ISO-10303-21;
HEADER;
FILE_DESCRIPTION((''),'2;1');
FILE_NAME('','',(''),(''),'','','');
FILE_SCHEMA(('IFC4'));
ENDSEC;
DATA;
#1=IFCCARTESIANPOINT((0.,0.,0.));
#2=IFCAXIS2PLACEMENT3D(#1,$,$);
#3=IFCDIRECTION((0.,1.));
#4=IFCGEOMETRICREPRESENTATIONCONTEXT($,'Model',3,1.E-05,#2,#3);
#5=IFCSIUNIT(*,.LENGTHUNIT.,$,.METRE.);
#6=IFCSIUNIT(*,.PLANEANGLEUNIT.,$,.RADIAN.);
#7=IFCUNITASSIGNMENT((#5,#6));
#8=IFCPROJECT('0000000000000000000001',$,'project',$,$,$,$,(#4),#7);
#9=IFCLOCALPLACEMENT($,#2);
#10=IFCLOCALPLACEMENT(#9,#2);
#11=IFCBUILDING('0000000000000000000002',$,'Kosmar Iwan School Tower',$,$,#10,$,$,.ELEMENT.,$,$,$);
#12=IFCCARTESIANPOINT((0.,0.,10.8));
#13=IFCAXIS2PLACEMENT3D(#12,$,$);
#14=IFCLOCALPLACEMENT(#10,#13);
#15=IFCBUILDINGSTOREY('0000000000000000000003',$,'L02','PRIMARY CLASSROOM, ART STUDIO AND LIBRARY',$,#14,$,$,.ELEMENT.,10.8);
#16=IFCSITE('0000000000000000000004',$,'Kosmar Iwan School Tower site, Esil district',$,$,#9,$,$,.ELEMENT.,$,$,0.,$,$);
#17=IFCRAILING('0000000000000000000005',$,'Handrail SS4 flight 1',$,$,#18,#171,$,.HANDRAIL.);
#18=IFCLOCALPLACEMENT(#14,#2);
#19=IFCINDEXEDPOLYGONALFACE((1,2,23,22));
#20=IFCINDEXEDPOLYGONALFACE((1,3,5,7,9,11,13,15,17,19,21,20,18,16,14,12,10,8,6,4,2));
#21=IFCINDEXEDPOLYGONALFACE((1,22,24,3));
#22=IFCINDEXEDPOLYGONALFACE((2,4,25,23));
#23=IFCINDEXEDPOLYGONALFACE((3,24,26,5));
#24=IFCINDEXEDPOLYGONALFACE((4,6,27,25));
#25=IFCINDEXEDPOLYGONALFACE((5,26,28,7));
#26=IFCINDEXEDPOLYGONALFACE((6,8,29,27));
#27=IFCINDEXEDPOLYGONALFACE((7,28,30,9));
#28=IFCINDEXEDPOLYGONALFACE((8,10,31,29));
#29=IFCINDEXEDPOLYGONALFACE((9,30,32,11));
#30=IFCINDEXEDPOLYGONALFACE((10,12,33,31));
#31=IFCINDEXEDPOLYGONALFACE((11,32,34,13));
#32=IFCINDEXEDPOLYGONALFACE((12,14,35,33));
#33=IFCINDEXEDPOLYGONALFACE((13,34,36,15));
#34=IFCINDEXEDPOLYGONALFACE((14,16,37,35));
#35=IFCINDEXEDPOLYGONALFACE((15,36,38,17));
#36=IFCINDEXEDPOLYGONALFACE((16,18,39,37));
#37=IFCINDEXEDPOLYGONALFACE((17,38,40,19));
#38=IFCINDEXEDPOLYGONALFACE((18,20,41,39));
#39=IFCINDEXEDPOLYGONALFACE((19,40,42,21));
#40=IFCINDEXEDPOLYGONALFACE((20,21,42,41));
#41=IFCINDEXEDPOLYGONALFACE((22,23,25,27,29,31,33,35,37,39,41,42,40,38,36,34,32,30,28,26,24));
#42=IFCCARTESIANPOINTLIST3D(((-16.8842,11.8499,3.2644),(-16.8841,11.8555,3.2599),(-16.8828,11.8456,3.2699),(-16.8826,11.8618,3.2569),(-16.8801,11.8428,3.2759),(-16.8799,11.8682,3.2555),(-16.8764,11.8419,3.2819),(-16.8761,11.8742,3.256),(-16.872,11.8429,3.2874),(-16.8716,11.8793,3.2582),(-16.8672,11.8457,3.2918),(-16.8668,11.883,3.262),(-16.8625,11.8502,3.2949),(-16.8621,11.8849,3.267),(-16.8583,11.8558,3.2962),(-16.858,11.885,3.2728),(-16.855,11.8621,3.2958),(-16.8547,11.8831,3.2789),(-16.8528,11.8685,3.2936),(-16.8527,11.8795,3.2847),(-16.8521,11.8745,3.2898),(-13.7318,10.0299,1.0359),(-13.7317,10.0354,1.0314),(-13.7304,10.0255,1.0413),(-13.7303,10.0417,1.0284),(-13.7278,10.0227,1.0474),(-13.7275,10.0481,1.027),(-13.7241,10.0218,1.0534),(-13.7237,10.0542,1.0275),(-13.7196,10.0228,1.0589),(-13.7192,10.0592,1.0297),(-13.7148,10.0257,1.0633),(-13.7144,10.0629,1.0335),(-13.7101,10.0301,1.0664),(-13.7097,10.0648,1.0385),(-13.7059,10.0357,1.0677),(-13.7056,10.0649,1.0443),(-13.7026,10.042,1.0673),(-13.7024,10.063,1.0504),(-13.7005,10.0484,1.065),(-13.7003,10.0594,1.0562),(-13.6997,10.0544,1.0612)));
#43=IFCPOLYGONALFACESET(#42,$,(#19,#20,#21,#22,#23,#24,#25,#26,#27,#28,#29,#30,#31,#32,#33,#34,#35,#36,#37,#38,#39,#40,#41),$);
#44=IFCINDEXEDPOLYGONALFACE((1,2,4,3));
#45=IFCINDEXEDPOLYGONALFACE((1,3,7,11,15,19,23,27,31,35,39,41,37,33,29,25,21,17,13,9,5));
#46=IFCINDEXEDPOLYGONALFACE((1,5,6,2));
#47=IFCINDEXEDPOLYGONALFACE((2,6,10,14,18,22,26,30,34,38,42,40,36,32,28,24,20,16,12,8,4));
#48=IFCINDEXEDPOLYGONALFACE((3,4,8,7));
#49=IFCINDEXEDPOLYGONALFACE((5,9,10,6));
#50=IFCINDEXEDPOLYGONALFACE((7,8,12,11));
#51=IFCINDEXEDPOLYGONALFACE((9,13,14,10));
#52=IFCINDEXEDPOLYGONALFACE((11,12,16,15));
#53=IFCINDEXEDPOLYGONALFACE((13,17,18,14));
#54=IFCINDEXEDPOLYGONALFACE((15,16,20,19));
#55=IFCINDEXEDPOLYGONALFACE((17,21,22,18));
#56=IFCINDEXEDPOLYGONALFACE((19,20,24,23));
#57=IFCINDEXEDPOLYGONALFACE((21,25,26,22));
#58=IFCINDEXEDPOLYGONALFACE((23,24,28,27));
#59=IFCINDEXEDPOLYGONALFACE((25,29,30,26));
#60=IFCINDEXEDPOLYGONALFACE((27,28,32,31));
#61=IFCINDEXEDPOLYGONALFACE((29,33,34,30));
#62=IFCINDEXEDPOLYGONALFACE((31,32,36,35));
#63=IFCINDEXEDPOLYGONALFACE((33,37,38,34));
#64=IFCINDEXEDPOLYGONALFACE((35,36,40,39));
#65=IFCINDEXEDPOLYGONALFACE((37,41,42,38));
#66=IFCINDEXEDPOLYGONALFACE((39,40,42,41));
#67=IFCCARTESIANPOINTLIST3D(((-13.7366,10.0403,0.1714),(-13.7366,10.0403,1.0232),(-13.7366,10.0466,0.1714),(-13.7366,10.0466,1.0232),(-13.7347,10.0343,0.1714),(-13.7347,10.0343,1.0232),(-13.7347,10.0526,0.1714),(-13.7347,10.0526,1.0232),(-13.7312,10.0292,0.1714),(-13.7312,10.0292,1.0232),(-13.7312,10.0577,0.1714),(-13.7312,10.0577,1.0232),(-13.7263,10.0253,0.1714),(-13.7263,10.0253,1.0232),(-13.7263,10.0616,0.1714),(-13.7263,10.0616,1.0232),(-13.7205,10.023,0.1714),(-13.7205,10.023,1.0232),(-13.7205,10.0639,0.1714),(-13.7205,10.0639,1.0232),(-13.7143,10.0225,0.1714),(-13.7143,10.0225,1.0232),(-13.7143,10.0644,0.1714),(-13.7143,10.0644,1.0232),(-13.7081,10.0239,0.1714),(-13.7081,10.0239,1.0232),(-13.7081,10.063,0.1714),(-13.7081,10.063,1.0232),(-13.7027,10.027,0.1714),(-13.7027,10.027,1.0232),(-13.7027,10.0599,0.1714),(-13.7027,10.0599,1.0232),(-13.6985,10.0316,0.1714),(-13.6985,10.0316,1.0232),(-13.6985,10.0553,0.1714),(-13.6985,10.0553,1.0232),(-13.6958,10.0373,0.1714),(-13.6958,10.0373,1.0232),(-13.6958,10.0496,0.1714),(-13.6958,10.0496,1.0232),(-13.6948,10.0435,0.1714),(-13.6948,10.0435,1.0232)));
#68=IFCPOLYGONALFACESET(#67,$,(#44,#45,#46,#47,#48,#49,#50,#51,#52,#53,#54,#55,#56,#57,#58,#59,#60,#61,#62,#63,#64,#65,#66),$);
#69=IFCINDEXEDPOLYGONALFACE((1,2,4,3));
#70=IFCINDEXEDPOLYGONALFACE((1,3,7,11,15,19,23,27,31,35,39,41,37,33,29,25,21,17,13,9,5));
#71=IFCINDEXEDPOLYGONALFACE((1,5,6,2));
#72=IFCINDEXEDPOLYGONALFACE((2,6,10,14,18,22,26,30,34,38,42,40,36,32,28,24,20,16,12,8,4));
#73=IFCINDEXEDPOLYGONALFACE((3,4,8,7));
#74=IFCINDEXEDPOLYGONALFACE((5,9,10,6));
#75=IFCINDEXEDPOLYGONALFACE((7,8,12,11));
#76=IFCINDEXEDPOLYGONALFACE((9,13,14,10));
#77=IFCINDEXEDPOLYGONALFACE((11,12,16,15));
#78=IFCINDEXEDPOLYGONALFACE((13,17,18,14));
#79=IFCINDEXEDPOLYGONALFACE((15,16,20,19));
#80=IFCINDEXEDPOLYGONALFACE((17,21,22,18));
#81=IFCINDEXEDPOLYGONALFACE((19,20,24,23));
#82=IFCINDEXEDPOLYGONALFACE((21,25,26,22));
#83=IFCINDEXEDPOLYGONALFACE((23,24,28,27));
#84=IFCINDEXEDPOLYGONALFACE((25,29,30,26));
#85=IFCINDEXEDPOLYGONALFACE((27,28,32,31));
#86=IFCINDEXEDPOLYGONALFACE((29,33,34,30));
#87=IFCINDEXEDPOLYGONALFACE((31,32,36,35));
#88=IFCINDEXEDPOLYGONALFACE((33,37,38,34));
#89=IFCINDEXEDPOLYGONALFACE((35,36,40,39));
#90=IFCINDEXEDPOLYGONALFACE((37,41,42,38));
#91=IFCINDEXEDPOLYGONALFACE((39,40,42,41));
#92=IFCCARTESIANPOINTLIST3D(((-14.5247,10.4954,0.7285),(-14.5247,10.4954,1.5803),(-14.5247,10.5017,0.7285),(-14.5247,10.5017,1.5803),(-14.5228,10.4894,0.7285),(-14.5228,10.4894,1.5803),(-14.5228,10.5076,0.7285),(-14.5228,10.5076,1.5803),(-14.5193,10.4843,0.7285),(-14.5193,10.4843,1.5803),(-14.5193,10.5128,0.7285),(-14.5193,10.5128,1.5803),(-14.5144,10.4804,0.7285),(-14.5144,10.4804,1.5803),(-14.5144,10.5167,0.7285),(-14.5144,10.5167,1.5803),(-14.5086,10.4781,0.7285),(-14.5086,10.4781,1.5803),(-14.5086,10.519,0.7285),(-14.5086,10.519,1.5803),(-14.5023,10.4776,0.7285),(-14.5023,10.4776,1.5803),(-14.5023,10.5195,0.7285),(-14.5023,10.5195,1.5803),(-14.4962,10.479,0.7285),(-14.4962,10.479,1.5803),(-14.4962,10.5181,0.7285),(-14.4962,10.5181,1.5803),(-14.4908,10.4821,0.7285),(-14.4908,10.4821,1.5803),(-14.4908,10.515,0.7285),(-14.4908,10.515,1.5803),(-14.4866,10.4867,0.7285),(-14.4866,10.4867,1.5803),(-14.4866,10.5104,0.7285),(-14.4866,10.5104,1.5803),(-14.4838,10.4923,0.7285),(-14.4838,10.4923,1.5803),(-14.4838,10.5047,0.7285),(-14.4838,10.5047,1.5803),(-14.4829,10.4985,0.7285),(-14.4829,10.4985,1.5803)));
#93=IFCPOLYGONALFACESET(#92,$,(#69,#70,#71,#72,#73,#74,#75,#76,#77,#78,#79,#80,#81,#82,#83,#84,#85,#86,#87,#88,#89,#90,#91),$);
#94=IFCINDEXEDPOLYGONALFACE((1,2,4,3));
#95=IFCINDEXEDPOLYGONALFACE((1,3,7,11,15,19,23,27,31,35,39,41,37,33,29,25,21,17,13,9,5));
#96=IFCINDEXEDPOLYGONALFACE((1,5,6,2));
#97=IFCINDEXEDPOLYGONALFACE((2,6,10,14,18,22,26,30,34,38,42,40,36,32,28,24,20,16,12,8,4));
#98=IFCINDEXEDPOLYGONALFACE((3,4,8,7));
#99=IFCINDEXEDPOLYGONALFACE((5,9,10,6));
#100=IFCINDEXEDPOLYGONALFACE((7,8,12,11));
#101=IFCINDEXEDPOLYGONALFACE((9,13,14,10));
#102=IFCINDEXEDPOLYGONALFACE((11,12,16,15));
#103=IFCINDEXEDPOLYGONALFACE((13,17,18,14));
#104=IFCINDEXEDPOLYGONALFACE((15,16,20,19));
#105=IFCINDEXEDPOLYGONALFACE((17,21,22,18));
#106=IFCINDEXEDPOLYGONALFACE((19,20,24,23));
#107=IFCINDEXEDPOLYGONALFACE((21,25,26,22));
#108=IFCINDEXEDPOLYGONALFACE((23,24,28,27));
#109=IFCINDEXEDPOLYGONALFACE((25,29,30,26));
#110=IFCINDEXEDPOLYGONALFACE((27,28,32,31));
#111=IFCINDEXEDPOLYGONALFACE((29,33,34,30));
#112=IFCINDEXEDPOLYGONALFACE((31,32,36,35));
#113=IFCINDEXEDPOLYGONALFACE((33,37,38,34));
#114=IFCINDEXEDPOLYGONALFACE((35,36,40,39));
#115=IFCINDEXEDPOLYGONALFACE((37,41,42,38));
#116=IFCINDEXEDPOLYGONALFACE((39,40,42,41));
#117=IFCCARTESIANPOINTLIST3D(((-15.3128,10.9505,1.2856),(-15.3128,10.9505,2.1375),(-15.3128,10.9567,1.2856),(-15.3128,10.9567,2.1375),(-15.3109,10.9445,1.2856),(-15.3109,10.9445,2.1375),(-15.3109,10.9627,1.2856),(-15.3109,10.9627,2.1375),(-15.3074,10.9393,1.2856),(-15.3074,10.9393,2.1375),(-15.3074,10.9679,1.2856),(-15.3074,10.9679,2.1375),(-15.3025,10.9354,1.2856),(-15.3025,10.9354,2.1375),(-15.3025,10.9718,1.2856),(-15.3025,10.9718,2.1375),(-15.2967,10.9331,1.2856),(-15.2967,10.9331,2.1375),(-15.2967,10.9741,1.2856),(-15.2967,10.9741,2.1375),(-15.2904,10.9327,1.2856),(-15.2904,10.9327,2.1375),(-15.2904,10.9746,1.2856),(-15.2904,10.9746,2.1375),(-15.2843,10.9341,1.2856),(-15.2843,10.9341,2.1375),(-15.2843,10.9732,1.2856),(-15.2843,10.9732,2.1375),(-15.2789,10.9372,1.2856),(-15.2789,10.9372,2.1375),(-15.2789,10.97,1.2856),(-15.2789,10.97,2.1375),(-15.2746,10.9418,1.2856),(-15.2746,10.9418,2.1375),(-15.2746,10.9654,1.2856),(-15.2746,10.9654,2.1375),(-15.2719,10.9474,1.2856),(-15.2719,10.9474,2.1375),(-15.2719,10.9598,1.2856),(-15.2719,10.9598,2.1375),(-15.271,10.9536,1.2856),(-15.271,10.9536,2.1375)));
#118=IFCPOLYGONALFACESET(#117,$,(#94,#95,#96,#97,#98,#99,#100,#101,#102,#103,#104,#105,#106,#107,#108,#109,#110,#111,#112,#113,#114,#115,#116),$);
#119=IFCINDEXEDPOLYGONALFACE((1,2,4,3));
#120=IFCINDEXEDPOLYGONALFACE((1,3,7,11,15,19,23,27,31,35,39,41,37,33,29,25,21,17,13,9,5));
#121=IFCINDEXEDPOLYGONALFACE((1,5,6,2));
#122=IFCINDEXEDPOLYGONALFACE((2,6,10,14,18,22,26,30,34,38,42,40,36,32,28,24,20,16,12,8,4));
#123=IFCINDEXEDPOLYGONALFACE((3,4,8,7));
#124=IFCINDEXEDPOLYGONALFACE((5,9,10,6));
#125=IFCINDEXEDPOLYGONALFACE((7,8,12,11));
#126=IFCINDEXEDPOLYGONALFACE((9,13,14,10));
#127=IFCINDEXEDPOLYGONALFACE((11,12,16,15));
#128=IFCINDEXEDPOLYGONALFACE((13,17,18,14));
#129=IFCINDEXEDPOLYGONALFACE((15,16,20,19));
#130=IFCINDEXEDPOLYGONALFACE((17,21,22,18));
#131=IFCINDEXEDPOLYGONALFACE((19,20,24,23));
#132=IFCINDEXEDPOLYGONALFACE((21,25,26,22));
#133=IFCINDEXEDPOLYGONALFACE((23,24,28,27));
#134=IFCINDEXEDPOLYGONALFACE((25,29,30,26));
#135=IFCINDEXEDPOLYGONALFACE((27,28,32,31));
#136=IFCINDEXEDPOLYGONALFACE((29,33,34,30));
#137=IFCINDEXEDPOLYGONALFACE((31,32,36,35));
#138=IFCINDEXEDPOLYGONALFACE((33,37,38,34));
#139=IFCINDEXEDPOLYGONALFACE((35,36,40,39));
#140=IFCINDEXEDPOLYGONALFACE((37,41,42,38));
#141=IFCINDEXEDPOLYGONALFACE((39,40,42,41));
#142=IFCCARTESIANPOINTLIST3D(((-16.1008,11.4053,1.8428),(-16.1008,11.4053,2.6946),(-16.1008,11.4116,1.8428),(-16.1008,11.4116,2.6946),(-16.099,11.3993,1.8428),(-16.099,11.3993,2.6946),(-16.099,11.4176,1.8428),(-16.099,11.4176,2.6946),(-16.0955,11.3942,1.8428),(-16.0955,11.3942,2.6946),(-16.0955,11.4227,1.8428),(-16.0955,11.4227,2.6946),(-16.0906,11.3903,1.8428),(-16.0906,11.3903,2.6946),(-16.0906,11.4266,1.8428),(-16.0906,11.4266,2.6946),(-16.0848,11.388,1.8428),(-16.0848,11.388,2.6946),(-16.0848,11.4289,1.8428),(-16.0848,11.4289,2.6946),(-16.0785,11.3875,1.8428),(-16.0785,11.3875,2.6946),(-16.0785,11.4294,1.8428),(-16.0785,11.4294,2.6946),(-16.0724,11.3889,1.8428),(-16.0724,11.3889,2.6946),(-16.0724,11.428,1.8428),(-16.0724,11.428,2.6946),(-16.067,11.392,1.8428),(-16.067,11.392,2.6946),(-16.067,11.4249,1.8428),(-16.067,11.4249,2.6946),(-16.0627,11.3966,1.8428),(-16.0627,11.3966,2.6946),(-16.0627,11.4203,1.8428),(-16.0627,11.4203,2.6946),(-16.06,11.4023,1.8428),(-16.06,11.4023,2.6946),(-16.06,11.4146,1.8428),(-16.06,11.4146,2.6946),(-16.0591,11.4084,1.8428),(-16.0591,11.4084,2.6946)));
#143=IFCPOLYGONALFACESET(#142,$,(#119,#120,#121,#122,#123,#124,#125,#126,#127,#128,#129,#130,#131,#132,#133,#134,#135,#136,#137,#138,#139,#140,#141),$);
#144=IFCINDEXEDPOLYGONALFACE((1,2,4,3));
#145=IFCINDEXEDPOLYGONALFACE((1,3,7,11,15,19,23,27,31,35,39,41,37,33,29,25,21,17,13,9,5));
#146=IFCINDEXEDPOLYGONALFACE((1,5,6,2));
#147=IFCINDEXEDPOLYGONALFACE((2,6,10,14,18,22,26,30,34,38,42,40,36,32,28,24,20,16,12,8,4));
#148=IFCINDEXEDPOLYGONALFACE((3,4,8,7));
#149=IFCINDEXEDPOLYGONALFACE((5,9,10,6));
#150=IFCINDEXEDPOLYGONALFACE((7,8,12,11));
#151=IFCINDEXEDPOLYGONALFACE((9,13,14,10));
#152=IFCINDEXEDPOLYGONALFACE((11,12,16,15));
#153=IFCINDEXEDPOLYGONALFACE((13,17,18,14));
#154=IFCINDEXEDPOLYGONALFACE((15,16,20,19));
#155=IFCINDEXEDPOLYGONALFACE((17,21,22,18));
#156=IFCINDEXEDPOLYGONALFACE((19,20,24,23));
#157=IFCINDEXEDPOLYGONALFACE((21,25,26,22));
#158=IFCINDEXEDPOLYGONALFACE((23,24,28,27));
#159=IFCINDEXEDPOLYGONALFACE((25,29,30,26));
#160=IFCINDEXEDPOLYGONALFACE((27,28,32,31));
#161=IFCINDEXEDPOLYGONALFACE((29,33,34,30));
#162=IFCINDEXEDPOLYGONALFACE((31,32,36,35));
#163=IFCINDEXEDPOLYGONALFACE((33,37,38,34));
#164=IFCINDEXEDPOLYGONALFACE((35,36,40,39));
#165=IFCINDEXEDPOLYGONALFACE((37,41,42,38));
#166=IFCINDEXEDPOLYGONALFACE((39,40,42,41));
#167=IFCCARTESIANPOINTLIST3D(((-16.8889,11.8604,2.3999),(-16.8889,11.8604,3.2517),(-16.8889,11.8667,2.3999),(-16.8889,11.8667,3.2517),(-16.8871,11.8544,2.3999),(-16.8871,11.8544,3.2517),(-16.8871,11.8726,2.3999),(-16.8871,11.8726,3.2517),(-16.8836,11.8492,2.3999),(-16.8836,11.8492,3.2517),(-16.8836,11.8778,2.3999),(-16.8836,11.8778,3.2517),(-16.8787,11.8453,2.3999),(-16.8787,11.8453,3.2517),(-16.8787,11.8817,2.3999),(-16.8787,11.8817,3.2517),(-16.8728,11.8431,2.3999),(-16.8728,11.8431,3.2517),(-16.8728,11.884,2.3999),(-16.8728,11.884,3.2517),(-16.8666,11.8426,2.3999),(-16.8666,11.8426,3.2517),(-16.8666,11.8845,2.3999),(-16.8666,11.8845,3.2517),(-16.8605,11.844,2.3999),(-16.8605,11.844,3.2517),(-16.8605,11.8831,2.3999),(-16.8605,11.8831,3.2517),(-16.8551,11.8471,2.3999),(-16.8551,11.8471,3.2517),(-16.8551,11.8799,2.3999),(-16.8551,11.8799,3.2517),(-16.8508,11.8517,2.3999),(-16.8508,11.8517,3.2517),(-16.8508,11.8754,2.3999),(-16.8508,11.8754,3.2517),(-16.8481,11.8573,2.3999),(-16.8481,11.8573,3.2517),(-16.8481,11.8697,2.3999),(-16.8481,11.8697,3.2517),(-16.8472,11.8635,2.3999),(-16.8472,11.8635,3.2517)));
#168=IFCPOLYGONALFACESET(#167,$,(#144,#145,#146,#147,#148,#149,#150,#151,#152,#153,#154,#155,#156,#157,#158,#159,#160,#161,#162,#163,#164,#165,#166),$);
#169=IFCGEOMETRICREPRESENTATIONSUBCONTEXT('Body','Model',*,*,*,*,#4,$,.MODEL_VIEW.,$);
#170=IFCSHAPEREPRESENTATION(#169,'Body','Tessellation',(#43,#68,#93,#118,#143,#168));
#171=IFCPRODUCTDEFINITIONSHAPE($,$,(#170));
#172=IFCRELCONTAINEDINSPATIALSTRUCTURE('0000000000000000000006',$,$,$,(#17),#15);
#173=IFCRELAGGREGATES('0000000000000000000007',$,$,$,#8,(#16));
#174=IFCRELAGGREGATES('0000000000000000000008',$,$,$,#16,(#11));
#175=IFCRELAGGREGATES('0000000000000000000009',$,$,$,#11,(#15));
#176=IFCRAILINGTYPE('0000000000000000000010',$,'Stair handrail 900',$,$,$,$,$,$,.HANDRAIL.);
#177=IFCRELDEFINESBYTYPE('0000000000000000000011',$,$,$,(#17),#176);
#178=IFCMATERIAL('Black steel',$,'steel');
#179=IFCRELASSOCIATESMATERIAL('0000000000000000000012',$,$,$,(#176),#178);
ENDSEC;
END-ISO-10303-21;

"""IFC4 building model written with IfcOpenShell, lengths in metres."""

from ifc_helpers import new_model, si_unit, direction, frame, origin, origin_2d, place, context, subcontext, project, spatial, circle, extrude, material, type_object, element, save


model = new_model("IFC4")

# Units and contexts
model_context = context("Model", 3, precision=1e-05, world=origin(), true_north=direction((0.0, 1.0)))
body_context = subcontext(model_context, "Body", "Model", "MODEL_VIEW")
ifc_project = project(units=[si_unit("LENGTHUNIT", "METRE"), si_unit("PLANEANGLEUNIT", "RADIAN")], contexts=[model_context])

# Site, building, storey
site_placement = place(None, origin())
site = spatial("IfcSite", under=ifc_project, at=site_placement, Name="Kosmar Iwan School Tower site, Esil district", CompositionType="ELEMENT", RefElevation=0.0)
building_placement = place(site_placement, origin())
building = spatial("IfcBuilding", under=site, at=building_placement, Name="Kosmar Iwan School Tower", CompositionType="ELEMENT")
storey_placement = place(building_placement, frame((0.0, 0.0, 10.8)))
storey = spatial("IfcBuildingStorey", under=building, at=storey_placement, Name="L02", Description="PRIMARY CLASSROOM, ART STUDIO AND LIBRARY", CompositionType="ELEMENT", Elevation=10.8)

# Railing
ifc_material_1 = material(Name="Black steel", Category="steel")
railing_type = type_object("IfcRailingType", Name="Stair handrail 900", PredefinedType="HANDRAIL", material=ifc_material_1)
railing_1_placement = place(storey_placement, frame((-13.7158, 10.0435, 0.1714)))
element("IfcRailing", 1, at=railing_1_placement, inside=storey, type_object=railing_type, Name="Handrail SS4 flight 1", PredefinedType="HANDRAIL", context=body_context, shape_type="SweptSolid", body=[
    extrude(circle(Radius=0.0239, at=origin_2d()), frame((0.0, 0.0, 0.876), z_axis=(-0.738592, 0.426441, 0.52214), x_axis=(-0.500013, -0.866018, 0.0)), (0.0, 0.0, 1.0), 4.2681),
    extrude(circle(Radius=0.021, at=origin_2d()), origin(), (0.0, 0.0, 1.0), 0.8518),
    extrude(circle(Radius=0.021, at=origin_2d()), frame((-0.7881, 0.4551, 0.5571)), (0.0, 0.0, 1.0), 0.8518),
    extrude(circle(Radius=0.021, at=origin_2d()), frame((-1.5762, 0.9102, 1.1143)), (0.0, 0.0, 1.0), 0.8518),
    extrude(circle(Radius=0.021, at=origin_2d()), frame((-2.3643, 1.365, 1.6714)), (0.0, 0.0, 1.0), 0.8518),
    extrude(circle(Radius=0.021, at=origin_2d()), frame((-3.1523, 1.8201, 2.2285)), (0.0, 0.0, 1.0), 0.8518),
])

save(model, "model.ifc")
